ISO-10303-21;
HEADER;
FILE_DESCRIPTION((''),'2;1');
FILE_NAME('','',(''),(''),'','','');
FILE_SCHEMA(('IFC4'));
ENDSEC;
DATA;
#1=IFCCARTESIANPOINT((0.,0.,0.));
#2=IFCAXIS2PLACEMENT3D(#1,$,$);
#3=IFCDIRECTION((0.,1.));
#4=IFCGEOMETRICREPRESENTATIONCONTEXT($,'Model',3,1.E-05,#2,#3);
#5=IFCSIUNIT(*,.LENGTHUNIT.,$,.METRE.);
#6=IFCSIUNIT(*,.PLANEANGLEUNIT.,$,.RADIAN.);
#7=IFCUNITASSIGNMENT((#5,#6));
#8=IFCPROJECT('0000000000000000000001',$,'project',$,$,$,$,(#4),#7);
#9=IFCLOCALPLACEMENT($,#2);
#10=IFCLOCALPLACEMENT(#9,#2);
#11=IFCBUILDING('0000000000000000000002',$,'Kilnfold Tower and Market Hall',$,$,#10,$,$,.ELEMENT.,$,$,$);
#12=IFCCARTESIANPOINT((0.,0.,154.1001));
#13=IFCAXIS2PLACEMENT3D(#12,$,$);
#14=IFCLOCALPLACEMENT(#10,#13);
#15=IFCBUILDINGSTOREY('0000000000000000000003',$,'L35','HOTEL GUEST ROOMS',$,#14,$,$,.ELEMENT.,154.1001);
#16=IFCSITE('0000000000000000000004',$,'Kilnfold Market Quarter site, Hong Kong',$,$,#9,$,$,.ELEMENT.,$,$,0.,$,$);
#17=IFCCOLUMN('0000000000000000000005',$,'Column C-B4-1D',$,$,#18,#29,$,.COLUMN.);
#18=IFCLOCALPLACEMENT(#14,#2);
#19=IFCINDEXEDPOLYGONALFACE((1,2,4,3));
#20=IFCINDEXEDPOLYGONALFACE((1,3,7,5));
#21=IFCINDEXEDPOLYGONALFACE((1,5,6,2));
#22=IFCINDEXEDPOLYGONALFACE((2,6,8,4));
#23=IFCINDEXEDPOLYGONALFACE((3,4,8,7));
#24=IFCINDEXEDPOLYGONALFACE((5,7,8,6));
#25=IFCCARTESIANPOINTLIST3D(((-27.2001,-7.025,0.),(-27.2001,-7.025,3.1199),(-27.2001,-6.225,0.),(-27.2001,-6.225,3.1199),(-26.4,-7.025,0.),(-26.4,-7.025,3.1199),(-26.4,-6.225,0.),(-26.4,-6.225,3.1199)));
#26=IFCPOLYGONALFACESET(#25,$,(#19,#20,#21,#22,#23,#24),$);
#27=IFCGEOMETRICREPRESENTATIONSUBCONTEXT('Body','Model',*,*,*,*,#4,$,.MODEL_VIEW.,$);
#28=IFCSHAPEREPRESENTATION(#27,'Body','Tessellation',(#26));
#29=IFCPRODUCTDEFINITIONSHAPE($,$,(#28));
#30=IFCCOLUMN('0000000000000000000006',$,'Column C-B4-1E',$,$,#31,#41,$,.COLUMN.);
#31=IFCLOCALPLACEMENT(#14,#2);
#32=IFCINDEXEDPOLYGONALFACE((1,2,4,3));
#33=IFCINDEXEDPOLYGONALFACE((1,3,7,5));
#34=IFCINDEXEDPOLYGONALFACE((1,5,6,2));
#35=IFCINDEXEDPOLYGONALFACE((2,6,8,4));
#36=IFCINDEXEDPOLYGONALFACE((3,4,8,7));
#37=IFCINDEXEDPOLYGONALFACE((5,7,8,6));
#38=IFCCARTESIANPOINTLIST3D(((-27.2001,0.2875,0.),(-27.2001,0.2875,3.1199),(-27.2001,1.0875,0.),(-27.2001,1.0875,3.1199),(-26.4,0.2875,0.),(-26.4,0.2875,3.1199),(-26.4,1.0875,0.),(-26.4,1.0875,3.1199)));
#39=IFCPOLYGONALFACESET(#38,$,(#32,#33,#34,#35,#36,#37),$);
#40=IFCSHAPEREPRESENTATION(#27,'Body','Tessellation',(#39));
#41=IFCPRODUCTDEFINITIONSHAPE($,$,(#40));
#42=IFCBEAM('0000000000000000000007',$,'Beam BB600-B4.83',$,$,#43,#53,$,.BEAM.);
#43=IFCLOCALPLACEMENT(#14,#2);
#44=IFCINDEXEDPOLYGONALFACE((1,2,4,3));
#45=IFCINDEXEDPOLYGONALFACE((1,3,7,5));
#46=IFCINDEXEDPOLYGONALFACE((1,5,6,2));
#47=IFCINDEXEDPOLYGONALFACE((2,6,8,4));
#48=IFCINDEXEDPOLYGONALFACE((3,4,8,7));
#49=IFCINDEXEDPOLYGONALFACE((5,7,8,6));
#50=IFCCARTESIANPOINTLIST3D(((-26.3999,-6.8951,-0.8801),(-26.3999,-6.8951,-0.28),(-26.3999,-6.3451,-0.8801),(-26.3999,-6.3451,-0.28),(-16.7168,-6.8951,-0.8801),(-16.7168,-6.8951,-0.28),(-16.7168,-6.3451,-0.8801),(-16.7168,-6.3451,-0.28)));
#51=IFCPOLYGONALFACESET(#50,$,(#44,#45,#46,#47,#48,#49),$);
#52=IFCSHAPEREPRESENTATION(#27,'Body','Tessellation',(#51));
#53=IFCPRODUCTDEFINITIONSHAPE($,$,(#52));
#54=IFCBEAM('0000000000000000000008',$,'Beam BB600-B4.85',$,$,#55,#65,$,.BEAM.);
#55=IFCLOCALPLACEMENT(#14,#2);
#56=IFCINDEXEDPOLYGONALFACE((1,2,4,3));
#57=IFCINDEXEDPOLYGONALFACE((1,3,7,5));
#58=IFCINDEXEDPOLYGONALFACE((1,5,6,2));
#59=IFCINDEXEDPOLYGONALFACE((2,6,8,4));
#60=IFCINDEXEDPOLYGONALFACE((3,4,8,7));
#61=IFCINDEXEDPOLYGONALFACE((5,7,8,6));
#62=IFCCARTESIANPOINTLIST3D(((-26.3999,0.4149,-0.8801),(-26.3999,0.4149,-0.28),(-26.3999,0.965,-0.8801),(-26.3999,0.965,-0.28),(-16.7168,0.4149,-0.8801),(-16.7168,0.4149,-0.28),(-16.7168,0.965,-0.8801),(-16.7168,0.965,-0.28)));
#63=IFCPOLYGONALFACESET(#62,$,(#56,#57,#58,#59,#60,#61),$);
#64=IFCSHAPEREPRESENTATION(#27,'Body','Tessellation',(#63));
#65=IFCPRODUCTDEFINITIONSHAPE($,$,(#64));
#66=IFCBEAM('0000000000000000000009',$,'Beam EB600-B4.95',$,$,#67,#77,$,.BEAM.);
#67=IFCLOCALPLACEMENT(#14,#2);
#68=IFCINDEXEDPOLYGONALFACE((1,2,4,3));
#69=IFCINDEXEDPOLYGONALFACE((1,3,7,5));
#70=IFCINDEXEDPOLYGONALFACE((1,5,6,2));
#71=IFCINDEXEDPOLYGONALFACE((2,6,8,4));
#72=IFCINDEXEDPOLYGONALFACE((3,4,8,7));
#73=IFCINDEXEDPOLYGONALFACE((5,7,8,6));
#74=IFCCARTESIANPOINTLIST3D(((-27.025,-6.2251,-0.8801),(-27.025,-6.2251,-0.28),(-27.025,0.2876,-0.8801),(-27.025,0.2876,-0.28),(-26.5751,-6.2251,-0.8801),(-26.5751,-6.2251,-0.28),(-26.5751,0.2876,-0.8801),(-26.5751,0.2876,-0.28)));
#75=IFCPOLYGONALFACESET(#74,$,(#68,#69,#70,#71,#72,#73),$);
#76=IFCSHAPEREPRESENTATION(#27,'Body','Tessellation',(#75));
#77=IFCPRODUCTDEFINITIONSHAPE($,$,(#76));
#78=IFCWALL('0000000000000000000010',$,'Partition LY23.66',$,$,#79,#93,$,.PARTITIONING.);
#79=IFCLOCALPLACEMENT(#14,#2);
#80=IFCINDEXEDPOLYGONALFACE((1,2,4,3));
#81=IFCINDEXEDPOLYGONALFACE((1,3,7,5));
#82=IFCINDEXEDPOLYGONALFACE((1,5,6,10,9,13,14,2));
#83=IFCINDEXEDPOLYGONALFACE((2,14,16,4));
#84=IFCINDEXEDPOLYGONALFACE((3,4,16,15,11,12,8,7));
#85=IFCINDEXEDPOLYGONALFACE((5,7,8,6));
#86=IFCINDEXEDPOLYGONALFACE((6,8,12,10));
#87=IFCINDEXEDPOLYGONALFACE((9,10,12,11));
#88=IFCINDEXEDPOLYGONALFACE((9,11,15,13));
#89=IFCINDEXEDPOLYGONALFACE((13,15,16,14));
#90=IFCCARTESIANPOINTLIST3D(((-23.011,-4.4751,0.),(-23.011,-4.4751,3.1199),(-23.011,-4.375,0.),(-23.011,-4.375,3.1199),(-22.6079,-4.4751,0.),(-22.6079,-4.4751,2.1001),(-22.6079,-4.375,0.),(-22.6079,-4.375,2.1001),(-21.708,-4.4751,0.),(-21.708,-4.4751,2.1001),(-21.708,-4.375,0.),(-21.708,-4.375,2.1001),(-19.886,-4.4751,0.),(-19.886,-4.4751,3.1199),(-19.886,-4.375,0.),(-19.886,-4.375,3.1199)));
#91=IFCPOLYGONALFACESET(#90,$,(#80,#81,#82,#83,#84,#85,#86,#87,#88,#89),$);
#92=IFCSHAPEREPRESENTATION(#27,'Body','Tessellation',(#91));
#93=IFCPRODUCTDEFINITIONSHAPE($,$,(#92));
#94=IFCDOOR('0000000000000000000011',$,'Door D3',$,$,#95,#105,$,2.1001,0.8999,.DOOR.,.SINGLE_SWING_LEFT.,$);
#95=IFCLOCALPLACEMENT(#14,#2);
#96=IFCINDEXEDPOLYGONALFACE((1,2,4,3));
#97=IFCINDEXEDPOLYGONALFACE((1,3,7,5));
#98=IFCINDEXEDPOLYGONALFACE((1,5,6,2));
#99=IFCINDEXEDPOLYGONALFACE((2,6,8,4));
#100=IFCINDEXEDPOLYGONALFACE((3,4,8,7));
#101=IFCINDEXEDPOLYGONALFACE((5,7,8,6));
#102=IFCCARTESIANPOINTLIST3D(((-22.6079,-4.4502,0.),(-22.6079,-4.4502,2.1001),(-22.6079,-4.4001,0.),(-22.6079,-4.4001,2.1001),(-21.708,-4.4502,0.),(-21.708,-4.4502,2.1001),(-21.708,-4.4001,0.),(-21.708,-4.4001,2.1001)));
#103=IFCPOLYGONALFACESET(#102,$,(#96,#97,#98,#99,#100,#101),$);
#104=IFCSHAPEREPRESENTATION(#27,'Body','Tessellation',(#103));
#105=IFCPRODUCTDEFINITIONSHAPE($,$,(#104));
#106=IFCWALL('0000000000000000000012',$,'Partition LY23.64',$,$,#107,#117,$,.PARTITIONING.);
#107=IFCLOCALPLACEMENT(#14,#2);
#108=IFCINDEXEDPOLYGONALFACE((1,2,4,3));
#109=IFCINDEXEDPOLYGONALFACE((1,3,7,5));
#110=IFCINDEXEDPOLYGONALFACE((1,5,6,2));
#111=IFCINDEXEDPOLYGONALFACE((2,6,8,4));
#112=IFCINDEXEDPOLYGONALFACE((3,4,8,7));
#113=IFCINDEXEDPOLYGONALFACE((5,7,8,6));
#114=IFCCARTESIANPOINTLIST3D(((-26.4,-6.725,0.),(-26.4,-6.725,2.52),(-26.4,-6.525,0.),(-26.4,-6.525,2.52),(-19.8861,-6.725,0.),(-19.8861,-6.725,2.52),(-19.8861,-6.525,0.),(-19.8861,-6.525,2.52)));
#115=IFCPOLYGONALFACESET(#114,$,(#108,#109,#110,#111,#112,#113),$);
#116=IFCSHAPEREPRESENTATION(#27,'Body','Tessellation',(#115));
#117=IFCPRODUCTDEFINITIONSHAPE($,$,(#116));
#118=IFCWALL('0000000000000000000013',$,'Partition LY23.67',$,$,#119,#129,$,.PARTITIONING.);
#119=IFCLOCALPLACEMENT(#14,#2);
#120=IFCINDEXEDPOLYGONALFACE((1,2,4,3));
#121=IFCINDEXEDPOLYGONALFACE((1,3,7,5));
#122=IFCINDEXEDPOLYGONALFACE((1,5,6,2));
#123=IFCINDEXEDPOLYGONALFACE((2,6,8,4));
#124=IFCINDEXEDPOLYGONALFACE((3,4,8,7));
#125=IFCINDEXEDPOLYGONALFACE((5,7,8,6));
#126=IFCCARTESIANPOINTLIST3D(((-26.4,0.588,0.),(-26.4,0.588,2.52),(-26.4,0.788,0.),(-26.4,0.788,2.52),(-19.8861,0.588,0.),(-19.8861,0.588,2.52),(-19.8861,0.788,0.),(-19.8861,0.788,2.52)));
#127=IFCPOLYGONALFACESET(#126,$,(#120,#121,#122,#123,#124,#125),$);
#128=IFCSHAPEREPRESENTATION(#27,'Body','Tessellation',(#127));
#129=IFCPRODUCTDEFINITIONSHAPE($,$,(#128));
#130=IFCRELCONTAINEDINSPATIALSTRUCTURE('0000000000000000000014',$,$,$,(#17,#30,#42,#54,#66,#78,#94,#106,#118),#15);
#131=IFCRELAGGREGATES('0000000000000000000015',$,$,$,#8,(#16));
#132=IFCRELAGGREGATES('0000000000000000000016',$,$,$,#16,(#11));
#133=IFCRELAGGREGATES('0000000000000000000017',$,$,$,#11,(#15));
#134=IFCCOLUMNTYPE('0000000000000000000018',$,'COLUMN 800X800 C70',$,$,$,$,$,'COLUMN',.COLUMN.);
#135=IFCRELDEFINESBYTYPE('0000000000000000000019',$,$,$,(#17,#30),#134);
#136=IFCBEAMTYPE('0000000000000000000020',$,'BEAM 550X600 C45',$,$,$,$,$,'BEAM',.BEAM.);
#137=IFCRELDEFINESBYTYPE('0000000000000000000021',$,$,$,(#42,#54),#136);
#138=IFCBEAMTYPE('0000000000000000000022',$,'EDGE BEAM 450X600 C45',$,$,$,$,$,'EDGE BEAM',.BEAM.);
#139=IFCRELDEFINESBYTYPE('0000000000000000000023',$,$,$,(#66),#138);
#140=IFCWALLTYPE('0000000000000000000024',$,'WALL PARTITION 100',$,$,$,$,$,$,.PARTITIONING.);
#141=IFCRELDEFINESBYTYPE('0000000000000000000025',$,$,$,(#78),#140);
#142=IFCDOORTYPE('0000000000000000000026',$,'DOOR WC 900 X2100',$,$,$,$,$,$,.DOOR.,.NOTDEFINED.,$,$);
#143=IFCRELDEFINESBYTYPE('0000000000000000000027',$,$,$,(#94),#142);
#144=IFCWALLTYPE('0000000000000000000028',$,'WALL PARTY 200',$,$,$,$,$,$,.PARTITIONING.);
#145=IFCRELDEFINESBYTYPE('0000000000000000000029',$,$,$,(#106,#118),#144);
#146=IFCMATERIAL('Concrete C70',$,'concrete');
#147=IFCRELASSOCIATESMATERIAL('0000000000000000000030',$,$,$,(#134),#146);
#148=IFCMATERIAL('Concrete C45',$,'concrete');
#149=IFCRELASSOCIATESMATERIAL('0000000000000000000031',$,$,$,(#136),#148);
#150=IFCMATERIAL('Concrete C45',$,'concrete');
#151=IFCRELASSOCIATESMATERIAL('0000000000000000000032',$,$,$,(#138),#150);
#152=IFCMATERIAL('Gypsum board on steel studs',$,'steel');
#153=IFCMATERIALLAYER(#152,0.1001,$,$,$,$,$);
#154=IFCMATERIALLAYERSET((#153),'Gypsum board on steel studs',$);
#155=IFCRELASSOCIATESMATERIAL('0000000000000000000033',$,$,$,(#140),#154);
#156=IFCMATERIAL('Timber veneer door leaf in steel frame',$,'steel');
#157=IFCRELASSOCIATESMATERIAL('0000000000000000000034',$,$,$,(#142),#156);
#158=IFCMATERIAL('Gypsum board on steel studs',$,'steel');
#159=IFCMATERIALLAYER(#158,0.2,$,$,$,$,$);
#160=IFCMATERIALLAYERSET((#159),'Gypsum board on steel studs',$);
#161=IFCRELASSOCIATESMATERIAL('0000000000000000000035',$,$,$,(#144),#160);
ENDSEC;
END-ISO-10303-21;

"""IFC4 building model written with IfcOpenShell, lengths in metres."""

from ifc_helpers import new_model, si_unit, direction, frame, frame_2d, origin, origin_2d, place, context, subcontext, project, spatial, rectangle, extrude, source, transform, mapped, material, layer, layer_set, material_profile, profile_set, type_object, element, fill, save


model = new_model("IFC4")

# Units and contexts
model_context = context("Model", 3, precision=1e-05, world=origin(), true_north=direction((0.0, 1.0)))
body_context = subcontext(model_context, "Body", "Model", "MODEL_VIEW")
ifc_project = project(units=[si_unit("LENGTHUNIT", "METRE"), si_unit("PLANEANGLEUNIT", "RADIAN")], contexts=[model_context])

# Site, building, storey
site_placement = place(None, origin())
site = spatial("IfcSite", under=ifc_project, at=site_placement, Name="Kilnfold Market Quarter site, Hong Kong", CompositionType="ELEMENT", RefElevation=0.0)
building_placement = place(site_placement, origin())
building = spatial("IfcBuilding", under=site, at=building_placement, Name="Kilnfold Tower and Market Hall", CompositionType="ELEMENT")
storey_placement = place(building_placement, frame((0.0, 0.0, 154.1001)))
storey = spatial("IfcBuildingStorey", under=building, at=storey_placement, Name="L35", Description="HOTEL GUEST ROOMS", CompositionType="ELEMENT", Elevation=154.1001)

# Columns
ifc_material_1 = material(Name="Concrete C70", Category="concrete")
ifc_material_profile_1 = material_profile(ifc_material_1, rectangle(XDim=0.8, YDim=0.8, at=origin_2d()), Name="RC 800x800")
ifc_profile_set_1 = profile_set([ifc_material_profile_1], Name="Concrete C70")
column_type = type_object("IfcColumnType", Name="COLUMN 800X800 C70", ElementType="COLUMN", PredefinedType="COLUMN", material=ifc_profile_set_1)
shared_shape_1 = source(origin(), body_context, "Body", "SweptSolid", [
    extrude(rectangle(XDim=0.8, YDim=0.8, at=origin_2d()), origin(), (0.0, 0.0, 1.0), 3.1199),
])
for number, where, z_axis, x_axis, name in (
    (1, (-26.8, -6.625, 0.0), (0.0, 0.0, 1.0), (1.0, 0.0, 0.0), "Column C-B4-1D"),
    (2, (-26.8, 0.6875, 0.0), (0.0, 0.0, 1.0), (1.0, 0.0, 0.0), "Column C-B4-1E"),
):
    element("IfcColumn", number, at=place(storey_placement, frame(where, z_axis=z_axis, x_axis=x_axis)), inside=storey, type_object=column_type, Name=name, PredefinedType="COLUMN", context=body_context, shape_type="MappedRepresentation", body=[
        mapped(shared_shape_1, transform((0.0, 0.0, 0.0))),
    ])

# Beams
ifc_material_2 = material(Name="Concrete C45", Category="concrete")
ifc_material_profile_2 = material_profile(ifc_material_2, rectangle(XDim=0.55, YDim=0.6001, at=origin_2d()), Name="RC 550x600")
ifc_profile_set_2 = profile_set([ifc_material_profile_2], Name="Concrete C45")
beam_type_1 = type_object("IfcBeamType", Name="BEAM 550X600 C45", ElementType="BEAM", PredefinedType="BEAM", material=ifc_profile_set_2)
shared_shape_2 = source(origin(), body_context, "Body", "SweptSolid", [
    extrude(rectangle(XDim=0.55, YDim=0.6001, at=origin_2d()), origin(), (0.0, 0.0, 1.0), 9.6831),
])
for number, where, z_axis, x_axis, name in (
    (3, (-26.3999, -6.6201, -0.5801), (1.0, 0.0, 0.0), (0.0, 1.0, 0.0), "Beam BB600-B4.83"),
    (4, (-26.3999, 0.6899, -0.5801), (1.0, 0.0, 0.0), (0.0, 1.0, 0.0), "Beam BB600-B4.85"),
):
    element("IfcBeam", number, at=place(storey_placement, frame(where, z_axis=z_axis, x_axis=x_axis)), inside=storey, type_object=beam_type_1, Name=name, PredefinedType="BEAM", context=body_context, shape_type="MappedRepresentation", body=[
        mapped(shared_shape_2, transform((0.0, 0.0, 0.0))),
    ])
ifc_material_3 = material(Name="Concrete C45", Category="concrete")
ifc_material_profile_3 = material_profile(ifc_material_3, rectangle(XDim=0.45, YDim=0.6001, at=origin_2d()), Name="RC 450x600")
ifc_profile_set_3 = profile_set([ifc_material_profile_3], Name="Concrete C45")
beam_type_2 = type_object("IfcBeamType", Name="EDGE BEAM 450X600 C45", ElementType="EDGE BEAM", PredefinedType="BEAM", material=ifc_profile_set_3)
shared_shape_3 = source(origin(), body_context, "Body", "SweptSolid", [
    extrude(rectangle(XDim=0.45, YDim=0.6001, at=origin_2d()), origin(), (0.0, 0.0, 1.0), 6.5127),
])
beam_placement = place(storey_placement, frame((-26.8, -6.2251, -0.5801), z_axis=(0.0, 1.0, 0.0), x_axis=(-1.0, 0.0, 0.0)))
element("IfcBeam", 5, at=beam_placement, inside=storey, type_object=beam_type_2, Name="Beam EB600-B4.95", PredefinedType="BEAM", context=body_context, shape_type="MappedRepresentation", body=[
    mapped(shared_shape_3, transform((0.0, 0.0, 0.0))),
])

# Wall, opening, door
ifc_material_4 = material(Name="Gypsum board on steel studs", Category="steel")
ifc_layer_1 = layer(ifc_material_4, 0.1001)
ifc_layer_set_1 = layer_set([ifc_layer_1], Name="Gypsum board on steel studs")
wall_type_1 = type_object("IfcWallType", Name="WALL PARTITION 100", PredefinedType="PARTITIONING", material=ifc_layer_set_1)
wall_1_placement = place(storey_placement, frame((-23.011, -4.425, 0.0), z_axis=(0.0, 0.0, 1.0), x_axis=(1.0, 0.0, 0.0)))
wall_1 = element("IfcWall", 6, at=wall_1_placement, inside=storey, type_object=wall_type_1, Name="Partition LY23.66", PredefinedType="PARTITIONING", context=body_context, shape_type="SweptSolid", body=[
    extrude(rectangle(XDim=3.125, YDim=0.1001, at=frame_2d((1.5625, 0.0))), origin(), (0.0, 0.0, 1.0), 3.1199),
])
opening_1_placement = place(wall_1_placement, frame((0.4031, 0.0, 0.0)))
opening_1 = element("IfcOpeningElement", 7, at=opening_1_placement, cuts=wall_1, PredefinedType="OPENING", context=body_context, shape_type="SweptSolid", body=[
    extrude(rectangle(XDim=0.8999, YDim=2.1001, at=frame_2d((0.45, 1.05))), frame((0.0, 0.0601, 0.0), z_axis=(0.0, -1.0, 0.0), x_axis=(1.0, 0.0, 0.0)), (0.0, 0.0, 1.0), 0.1201),
])
ifc_material_5 = material(Name="Timber veneer door leaf in steel frame", Category="steel")
door_type = type_object("IfcDoorType", Name="DOOR WC 900 X2100", OperationType="NOTDEFINED", PredefinedType="DOOR", material=ifc_material_5)
door_placement = place(opening_1_placement, origin())
door = element("IfcDoor", 8, at=door_placement, inside=storey, type_object=door_type, Name="Door D3", OperationType="SINGLE_SWING_LEFT", OverallHeight=2.1001, OverallWidth=0.8999, PredefinedType="DOOR", context=body_context, shape_type="SweptSolid", body=[
    extrude(rectangle(XDim=0.8999, YDim=2.1001, at=frame_2d((0.45, 1.05))), frame((0.0, 0.0249, 0.0), z_axis=(0.0, -1.0, 0.0), x_axis=(1.0, 0.0, 0.0)), (0.0, 0.0, 1.0), 0.05),
])
fill(opening_1, door)

# Walls
ifc_material_6 = material(Name="Gypsum board on steel studs", Category="steel")
ifc_layer_2 = layer(ifc_material_6, 0.2)
ifc_layer_set_2 = layer_set([ifc_layer_2], Name="Gypsum board on steel studs")
wall_type_2 = type_object("IfcWallType", Name="WALL PARTY 200", PredefinedType="PARTITIONING", material=ifc_layer_set_2)
for number, where, z_axis, x_axis, name in (
    (9, (-26.3999, -6.625, 0.0), (0.0, 0.0, 1.0), (1.0, 0.0, 0.0), "Partition LY23.64"),
    (10, (-26.3999, 0.688, 0.0), (0.0, 0.0, 1.0), (1.0, 0.0, 0.0), "Partition LY23.67"),
):
    element("IfcWall", number, at=place(storey_placement, frame(where, z_axis=z_axis, x_axis=x_axis)), inside=storey, type_object=wall_type_2, Name=name, PredefinedType="PARTITIONING", context=body_context, shape_type="SweptSolid", body=[
        extrude(rectangle(XDim=6.5139, YDim=0.2, at=frame_2d((3.2568, 0.0))), origin(), (0.0, 0.0, 1.0), 2.52),
    ])

save(model, "model.ifc")
